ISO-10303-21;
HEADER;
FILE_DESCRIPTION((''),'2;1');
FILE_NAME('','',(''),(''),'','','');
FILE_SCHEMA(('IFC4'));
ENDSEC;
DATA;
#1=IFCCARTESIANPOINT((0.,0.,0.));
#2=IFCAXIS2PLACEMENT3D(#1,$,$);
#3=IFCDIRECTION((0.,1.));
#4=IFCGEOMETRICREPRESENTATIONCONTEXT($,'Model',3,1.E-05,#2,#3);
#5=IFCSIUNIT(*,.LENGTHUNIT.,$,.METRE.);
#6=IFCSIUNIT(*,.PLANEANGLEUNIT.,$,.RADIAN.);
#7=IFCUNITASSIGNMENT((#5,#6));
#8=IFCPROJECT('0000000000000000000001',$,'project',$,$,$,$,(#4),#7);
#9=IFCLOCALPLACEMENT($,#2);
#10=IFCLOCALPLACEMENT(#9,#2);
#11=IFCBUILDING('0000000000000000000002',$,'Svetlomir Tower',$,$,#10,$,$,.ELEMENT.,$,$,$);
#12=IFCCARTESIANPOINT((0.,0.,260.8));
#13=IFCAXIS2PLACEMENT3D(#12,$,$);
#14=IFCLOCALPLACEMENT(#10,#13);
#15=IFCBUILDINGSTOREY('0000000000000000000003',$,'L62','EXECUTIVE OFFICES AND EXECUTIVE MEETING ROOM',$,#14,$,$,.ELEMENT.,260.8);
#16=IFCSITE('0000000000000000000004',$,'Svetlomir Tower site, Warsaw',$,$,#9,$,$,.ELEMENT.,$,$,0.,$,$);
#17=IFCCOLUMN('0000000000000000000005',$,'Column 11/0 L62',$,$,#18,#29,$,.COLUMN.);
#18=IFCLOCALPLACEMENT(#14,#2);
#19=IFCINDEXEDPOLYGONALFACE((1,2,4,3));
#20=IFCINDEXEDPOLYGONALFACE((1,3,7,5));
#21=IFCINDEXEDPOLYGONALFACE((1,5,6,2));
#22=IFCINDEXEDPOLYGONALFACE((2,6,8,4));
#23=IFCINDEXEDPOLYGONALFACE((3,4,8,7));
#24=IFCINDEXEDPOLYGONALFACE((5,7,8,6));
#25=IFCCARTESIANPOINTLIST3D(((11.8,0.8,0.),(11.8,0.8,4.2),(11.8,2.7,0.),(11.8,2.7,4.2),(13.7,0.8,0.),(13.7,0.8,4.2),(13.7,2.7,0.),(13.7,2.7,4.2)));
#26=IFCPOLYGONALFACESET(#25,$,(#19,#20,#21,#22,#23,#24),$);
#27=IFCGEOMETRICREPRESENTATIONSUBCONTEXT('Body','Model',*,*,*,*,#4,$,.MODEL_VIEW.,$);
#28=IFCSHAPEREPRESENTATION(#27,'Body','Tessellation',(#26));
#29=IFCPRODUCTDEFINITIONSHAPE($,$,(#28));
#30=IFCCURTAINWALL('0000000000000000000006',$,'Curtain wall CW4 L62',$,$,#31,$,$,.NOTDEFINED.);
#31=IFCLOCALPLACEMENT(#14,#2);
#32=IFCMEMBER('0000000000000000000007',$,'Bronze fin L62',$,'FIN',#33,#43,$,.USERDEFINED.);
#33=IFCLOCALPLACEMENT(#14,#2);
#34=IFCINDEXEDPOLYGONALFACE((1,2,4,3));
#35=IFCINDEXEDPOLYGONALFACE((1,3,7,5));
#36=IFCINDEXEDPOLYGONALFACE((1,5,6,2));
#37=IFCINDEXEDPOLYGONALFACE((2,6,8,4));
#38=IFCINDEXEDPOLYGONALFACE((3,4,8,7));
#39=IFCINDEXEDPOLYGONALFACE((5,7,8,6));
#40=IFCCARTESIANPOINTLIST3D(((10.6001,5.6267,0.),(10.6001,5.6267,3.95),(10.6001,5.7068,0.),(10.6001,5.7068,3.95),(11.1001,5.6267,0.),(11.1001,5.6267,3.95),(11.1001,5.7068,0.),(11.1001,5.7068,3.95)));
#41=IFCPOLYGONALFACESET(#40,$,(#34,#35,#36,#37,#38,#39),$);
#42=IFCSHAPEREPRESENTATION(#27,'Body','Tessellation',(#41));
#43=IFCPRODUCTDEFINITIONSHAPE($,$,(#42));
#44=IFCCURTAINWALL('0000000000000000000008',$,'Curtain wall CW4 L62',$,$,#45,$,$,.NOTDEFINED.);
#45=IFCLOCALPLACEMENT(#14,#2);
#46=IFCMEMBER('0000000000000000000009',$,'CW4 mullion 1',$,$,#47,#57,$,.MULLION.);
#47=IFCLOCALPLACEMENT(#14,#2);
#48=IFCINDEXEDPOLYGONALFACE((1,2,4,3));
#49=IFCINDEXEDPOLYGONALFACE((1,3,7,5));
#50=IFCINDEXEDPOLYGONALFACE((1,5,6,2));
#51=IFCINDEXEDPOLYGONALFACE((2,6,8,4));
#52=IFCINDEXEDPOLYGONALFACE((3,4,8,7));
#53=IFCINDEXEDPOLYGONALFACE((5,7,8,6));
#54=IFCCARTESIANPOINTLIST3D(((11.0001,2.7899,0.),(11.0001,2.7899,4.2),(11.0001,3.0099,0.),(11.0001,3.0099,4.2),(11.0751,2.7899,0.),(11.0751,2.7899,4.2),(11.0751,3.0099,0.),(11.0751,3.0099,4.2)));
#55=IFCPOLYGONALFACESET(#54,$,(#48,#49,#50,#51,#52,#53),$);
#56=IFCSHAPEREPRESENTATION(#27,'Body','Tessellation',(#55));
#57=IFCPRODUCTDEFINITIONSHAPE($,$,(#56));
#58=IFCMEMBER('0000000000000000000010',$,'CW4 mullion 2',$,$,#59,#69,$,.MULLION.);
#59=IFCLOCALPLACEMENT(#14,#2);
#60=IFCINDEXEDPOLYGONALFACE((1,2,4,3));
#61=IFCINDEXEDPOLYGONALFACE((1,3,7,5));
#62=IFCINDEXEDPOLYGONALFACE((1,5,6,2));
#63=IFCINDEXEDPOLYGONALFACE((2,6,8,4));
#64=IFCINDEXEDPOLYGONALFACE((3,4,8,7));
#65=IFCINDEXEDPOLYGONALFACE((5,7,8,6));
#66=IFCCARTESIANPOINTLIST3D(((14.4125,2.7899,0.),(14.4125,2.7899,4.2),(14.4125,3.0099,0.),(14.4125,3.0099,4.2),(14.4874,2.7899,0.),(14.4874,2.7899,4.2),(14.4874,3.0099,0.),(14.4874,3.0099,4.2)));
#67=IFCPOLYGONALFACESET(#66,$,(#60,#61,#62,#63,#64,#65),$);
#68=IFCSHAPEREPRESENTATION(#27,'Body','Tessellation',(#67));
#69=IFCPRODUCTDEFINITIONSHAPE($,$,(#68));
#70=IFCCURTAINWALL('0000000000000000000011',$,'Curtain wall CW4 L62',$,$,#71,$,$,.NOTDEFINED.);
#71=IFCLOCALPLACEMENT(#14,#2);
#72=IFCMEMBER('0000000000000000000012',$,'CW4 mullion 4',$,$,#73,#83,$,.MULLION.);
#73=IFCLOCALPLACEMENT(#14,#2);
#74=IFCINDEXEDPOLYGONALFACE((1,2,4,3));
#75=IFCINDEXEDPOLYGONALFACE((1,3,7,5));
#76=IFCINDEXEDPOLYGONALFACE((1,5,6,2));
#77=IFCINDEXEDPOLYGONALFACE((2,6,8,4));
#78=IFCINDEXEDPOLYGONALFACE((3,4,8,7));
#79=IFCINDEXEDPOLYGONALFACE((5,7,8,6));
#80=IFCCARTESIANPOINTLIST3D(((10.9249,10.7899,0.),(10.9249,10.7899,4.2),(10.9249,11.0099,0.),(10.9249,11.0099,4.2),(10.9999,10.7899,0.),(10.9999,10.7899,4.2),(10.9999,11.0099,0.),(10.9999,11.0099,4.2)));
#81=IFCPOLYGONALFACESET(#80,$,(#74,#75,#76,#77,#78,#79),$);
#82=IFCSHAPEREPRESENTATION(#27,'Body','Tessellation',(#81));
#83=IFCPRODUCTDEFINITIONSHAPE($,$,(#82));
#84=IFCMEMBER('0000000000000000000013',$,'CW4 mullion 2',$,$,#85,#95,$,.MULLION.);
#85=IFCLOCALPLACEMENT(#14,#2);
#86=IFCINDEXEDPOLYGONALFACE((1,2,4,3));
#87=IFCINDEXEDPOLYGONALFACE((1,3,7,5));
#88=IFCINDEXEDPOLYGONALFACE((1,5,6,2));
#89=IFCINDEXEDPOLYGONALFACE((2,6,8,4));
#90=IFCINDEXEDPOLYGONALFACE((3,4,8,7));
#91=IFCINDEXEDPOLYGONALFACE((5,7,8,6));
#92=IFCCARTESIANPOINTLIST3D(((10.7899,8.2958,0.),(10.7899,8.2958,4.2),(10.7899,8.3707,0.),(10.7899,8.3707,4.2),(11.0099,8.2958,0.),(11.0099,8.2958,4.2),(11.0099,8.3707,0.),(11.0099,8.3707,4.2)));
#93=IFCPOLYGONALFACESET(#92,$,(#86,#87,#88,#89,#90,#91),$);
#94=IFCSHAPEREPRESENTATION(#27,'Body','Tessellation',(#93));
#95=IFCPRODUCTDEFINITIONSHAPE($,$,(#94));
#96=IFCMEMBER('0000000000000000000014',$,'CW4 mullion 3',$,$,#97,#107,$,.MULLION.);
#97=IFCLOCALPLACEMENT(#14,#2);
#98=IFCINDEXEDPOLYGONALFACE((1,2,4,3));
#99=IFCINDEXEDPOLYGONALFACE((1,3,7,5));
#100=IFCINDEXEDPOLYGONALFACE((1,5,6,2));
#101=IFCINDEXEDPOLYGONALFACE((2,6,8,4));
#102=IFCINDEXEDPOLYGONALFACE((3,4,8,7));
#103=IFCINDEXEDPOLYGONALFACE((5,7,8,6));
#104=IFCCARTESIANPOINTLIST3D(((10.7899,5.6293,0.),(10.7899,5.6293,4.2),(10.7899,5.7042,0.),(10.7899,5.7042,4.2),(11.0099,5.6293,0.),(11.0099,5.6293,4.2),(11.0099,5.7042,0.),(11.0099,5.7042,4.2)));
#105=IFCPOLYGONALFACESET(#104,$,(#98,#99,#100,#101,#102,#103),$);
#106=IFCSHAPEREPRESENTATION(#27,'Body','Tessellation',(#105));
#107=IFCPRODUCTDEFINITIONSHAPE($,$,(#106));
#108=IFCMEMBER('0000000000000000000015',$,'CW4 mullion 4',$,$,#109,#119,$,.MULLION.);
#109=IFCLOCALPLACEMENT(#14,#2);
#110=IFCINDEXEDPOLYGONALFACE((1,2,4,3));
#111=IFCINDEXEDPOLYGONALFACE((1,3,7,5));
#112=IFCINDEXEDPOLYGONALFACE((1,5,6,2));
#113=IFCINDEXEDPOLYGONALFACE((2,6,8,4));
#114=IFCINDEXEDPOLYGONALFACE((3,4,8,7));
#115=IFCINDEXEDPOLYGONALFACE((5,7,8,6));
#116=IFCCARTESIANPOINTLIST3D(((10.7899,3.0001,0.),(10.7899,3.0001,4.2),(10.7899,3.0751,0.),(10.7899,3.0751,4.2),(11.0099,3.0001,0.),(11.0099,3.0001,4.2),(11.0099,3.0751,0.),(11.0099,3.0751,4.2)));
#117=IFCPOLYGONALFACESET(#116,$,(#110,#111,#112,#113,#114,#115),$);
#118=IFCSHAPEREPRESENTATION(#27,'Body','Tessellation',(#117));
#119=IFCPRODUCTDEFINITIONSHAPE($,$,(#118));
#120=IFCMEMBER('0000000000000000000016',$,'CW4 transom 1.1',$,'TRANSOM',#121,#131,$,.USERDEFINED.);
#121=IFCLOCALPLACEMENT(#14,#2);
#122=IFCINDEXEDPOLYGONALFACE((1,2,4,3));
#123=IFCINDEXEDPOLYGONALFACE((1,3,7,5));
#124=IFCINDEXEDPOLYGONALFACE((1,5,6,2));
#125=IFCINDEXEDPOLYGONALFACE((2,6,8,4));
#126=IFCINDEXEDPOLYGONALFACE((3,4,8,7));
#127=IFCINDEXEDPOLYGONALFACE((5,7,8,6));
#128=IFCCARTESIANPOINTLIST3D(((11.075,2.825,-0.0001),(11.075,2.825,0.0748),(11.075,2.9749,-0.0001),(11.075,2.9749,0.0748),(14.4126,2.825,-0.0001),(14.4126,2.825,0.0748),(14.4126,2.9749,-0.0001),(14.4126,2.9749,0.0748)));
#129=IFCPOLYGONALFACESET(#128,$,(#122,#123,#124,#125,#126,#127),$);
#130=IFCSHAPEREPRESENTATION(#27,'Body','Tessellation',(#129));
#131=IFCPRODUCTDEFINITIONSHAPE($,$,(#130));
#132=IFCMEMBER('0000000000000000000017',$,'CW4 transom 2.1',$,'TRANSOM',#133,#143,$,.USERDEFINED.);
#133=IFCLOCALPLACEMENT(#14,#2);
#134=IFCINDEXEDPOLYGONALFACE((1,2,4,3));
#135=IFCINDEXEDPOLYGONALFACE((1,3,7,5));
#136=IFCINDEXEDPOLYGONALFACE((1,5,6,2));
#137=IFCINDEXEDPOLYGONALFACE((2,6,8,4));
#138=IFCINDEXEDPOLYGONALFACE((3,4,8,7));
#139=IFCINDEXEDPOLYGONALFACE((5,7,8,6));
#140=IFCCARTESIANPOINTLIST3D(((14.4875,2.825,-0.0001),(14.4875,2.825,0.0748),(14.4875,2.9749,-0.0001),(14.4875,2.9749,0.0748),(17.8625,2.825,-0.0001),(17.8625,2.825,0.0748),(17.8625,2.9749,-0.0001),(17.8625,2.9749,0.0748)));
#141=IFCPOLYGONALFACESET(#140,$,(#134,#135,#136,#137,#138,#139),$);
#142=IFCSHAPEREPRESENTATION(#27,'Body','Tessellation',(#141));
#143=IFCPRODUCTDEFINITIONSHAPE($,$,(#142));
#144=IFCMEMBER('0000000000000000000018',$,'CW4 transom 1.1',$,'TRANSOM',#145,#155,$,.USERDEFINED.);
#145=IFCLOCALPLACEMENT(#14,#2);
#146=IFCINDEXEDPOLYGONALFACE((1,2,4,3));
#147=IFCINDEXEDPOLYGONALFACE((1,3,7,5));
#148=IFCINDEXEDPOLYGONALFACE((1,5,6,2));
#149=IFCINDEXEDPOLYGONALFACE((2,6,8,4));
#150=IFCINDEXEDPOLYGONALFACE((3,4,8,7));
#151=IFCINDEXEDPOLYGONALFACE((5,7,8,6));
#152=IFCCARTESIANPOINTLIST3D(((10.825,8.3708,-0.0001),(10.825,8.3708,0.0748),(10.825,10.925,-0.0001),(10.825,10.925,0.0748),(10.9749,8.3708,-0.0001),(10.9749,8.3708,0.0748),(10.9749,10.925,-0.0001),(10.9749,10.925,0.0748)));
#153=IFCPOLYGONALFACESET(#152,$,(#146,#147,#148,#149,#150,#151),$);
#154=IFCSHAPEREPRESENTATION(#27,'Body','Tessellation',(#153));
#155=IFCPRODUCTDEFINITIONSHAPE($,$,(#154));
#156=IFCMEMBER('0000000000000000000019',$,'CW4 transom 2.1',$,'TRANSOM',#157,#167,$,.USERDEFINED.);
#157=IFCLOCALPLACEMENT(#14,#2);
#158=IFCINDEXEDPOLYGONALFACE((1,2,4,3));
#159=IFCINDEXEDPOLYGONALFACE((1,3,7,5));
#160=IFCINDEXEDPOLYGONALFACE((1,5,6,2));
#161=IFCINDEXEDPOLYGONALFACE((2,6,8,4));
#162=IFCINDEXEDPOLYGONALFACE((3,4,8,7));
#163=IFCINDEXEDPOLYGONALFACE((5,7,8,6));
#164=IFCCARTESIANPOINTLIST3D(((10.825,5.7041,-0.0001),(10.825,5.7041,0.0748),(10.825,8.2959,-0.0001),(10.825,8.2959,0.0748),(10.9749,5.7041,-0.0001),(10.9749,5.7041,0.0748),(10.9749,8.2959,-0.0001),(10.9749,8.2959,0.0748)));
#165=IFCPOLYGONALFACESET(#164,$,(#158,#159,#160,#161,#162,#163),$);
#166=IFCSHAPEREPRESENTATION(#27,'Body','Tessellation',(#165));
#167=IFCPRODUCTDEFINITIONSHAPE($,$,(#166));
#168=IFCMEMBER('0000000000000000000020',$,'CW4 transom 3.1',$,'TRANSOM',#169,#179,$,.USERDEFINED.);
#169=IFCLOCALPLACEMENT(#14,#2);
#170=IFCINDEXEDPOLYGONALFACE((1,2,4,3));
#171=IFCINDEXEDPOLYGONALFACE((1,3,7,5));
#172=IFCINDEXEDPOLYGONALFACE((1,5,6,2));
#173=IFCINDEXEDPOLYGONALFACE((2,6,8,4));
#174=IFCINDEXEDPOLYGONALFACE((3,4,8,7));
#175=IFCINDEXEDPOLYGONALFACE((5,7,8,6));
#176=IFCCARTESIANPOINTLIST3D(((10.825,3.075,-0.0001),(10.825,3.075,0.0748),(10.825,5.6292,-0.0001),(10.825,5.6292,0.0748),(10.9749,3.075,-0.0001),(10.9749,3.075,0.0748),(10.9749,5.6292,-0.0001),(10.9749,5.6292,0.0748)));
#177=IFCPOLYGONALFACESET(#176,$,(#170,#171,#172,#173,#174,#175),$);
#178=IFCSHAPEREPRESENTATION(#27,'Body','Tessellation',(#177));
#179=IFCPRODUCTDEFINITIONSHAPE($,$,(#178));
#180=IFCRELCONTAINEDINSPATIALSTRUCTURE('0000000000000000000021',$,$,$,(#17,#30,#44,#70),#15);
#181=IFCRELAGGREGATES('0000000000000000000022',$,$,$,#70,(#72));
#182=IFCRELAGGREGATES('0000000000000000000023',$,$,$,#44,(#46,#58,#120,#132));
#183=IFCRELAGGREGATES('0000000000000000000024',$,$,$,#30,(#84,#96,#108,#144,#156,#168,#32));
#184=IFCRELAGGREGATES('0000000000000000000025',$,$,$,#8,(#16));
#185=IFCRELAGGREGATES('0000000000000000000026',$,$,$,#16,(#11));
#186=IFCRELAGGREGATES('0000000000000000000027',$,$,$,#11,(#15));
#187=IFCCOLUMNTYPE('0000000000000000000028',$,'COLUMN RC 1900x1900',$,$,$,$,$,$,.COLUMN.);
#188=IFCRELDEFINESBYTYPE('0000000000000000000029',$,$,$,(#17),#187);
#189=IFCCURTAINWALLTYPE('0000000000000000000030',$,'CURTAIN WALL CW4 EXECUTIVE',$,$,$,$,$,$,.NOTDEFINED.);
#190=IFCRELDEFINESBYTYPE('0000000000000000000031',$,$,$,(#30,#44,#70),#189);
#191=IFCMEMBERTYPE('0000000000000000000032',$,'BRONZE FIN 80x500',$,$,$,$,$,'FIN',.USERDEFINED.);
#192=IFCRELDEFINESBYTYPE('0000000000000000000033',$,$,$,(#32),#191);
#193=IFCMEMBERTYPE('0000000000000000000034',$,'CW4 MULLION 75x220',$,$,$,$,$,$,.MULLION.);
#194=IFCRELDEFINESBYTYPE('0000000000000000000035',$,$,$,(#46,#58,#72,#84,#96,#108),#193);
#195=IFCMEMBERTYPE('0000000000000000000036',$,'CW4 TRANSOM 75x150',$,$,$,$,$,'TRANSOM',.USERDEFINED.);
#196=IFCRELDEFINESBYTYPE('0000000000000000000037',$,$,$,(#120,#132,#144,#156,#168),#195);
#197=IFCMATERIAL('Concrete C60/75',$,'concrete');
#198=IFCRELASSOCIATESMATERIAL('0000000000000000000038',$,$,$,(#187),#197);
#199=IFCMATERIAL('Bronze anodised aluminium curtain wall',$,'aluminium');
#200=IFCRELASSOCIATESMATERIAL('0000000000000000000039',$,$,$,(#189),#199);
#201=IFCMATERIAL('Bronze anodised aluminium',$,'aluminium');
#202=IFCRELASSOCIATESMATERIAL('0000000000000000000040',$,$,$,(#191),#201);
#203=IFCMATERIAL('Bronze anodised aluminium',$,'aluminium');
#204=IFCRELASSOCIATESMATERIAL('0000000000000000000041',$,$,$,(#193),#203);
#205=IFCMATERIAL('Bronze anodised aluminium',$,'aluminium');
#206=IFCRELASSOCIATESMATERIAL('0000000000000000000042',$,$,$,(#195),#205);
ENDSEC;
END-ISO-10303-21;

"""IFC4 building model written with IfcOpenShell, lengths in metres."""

from ifc_helpers import new_model, si_unit, direction, frame, origin, origin_2d, place, context, subcontext, project, spatial, rectangle, extrude, material, material_profile, profile_set, type_object, element, aggregate, save


model = new_model("IFC4")

# Units and contexts
model_context = context("Model", 3, precision=1e-05, world=origin(), true_north=direction((0.0, 1.0)))
body_context = subcontext(model_context, "Body", "Model", "MODEL_VIEW")
ifc_project = project(units=[si_unit("LENGTHUNIT", "METRE"), si_unit("PLANEANGLEUNIT", "RADIAN")], contexts=[model_context])

# Site, building, storey
site_placement = place(None, origin())
site = spatial("IfcSite", under=ifc_project, at=site_placement, Name="Svetlomir Tower site, Warsaw", CompositionType="ELEMENT", RefElevation=0.0)
building_placement = place(site_placement, origin())
building = spatial("IfcBuilding", under=site, at=building_placement, Name="Svetlomir Tower", CompositionType="ELEMENT")
storey_placement = place(building_placement, frame((0.0, 0.0, 260.8)))
storey = spatial("IfcBuildingStorey", under=building, at=storey_placement, Name="L62", Description="EXECUTIVE OFFICES AND EXECUTIVE MEETING ROOM", CompositionType="ELEMENT", Elevation=260.8)

# Column
ifc_material_1 = material(Name="Concrete C60/75", Category="concrete")
ifc_material_profile_1 = material_profile(ifc_material_1, rectangle(XDim=1.8999, YDim=1.8999, at=origin_2d()), Name="RC 1900x1900")
ifc_profile_set_1 = profile_set([ifc_material_profile_1], Name="Concrete C60/75")
column_type = type_object("IfcColumnType", Name="COLUMN RC 1900x1900", PredefinedType="COLUMN", material=ifc_profile_set_1)
column_placement = place(storey_placement, frame((12.75, 1.75, 0.0), z_axis=(0.0, 0.0, 1.0), x_axis=(1.0, 0.0, 0.0)))
element("IfcColumn", 1, at=column_placement, inside=storey, type_object=column_type, Name="Column 11/0 L62", PredefinedType="COLUMN", context=body_context, shape_type="SweptSolid", body=[
    extrude(rectangle(XDim=1.8999, YDim=1.8999, at=origin_2d()), origin(), (0.0, 0.0, 1.0), 4.2),
])

# Curtain wall, member
ifc_material_2 = material(Name="Bronze anodised aluminium curtain wall", Category="aluminium")
curtain_wall_type = type_object("IfcCurtainWallType", Name="CURTAIN WALL CW4 EXECUTIVE", PredefinedType="NOTDEFINED", material=ifc_material_2)
curtain_wall_1_placement = place(storey_placement, origin())
curtain_wall_1 = element("IfcCurtainWall", 2, at=curtain_wall_1_placement, inside=storey, type_object=curtain_wall_type, Name="Curtain wall CW4 L62", PredefinedType="NOTDEFINED")
ifc_material_3 = material(Name="Bronze anodised aluminium", Category="aluminium")
ifc_material_profile_2 = material_profile(ifc_material_3, rectangle(XDim=0.0801, YDim=0.5, at=origin_2d()), Name="FIN 80x500")
ifc_profile_set_2 = profile_set([ifc_material_profile_2], Name="Bronze anodised aluminium 6063-T6")
member_type_1 = type_object("IfcMemberType", Name="BRONZE FIN 80x500", ElementType="FIN", PredefinedType="USERDEFINED", material=ifc_profile_set_2)
member_1_placement = place(storey_placement, frame((10.8501, 5.6667, 0.0), z_axis=(0.0, 0.0, 1.0), x_axis=(0.0, 1.0, 0.0)))
member_1 = element("IfcMember", 3, at=member_1_placement, type_object=member_type_1, Name="Bronze fin L62", ObjectType="FIN", PredefinedType="USERDEFINED", context=body_context, shape_type="SweptSolid", body=[
    extrude(rectangle(XDim=0.0801, YDim=0.5, at=origin_2d()), origin(), (0.0, 0.0, 1.0), 3.95),
])

# Curtain wall, members
curtain_wall_2_placement = place(storey_placement, origin())
curtain_wall_2 = element("IfcCurtainWall", 4, at=curtain_wall_2_placement, inside=storey, type_object=curtain_wall_type, Name="Curtain wall CW4 L62", PredefinedType="NOTDEFINED")
ifc_material_4 = material(Name="Bronze anodised aluminium", Category="aluminium")
ifc_material_profile_3 = material_profile(ifc_material_4, rectangle(XDim=0.075, YDim=0.22, at=origin_2d()), Name="AL 75x220")
ifc_profile_set_3 = profile_set([ifc_material_profile_3], Name="Bronze anodised aluminium 6063-T6")
member_type_2 = type_object("IfcMemberType", Name="CW4 MULLION 75x220", PredefinedType="MULLION", material=ifc_profile_set_3)
member_2_placement = place(storey_placement, frame((11.0376, 2.8999, 0.0), z_axis=(0.0, 0.0, 1.0), x_axis=(1.0, 0.0, 0.0)))
member_2 = element("IfcMember", 5, at=member_2_placement, type_object=member_type_2, Name="CW4 mullion 1", PredefinedType="MULLION", context=body_context, shape_type="SweptSolid", body=[
    extrude(rectangle(XDim=0.075, YDim=0.22, at=origin_2d()), origin(), (0.0, 0.0, 1.0), 4.2),
])
member_3_placement = place(storey_placement, frame((14.45, 2.8999, 0.0), z_axis=(0.0, 0.0, 1.0), x_axis=(1.0, 0.0, 0.0)))
member_3 = element("IfcMember", 6, at=member_3_placement, type_object=member_type_2, Name="CW4 mullion 2", PredefinedType="MULLION", context=body_context, shape_type="SweptSolid", body=[
    extrude(rectangle(XDim=0.075, YDim=0.22, at=origin_2d()), origin(), (0.0, 0.0, 1.0), 4.2),
])

# Curtain wall, member
curtain_wall_3_placement = place(storey_placement, origin())
curtain_wall_3 = element("IfcCurtainWall", 7, at=curtain_wall_3_placement, inside=storey, type_object=curtain_wall_type, Name="Curtain wall CW4 L62", PredefinedType="NOTDEFINED")
member_4_placement = place(storey_placement, frame((10.9624, 10.8999, 0.0), z_axis=(0.0, 0.0, 1.0), x_axis=(1.0, 0.0, 0.0)))
member_4 = element("IfcMember", 8, at=member_4_placement, type_object=member_type_2, Name="CW4 mullion 4", PredefinedType="MULLION", context=body_context, shape_type="SweptSolid", body=[
    extrude(rectangle(XDim=0.075, YDim=0.22, at=origin_2d()), origin(), (0.0, 0.0, 1.0), 4.2),
])
aggregate(curtain_wall_3, [member_4])

# Members
member_5_placement = place(storey_placement, frame((10.8999, 8.3333, 0.0), z_axis=(0.0, 0.0, 1.0), x_axis=(0.0, -1.0, 0.0)))
member_5 = element("IfcMember", 9, at=member_5_placement, type_object=member_type_2, Name="CW4 mullion 2", PredefinedType="MULLION", context=body_context, shape_type="SweptSolid", body=[
    extrude(rectangle(XDim=0.075, YDim=0.22, at=origin_2d()), origin(), (0.0, 0.0, 1.0), 4.2),
])
member_6_placement = place(storey_placement, frame((10.8999, 5.6667, 0.0), z_axis=(0.0, 0.0, 1.0), x_axis=(0.0, -1.0, 0.0)))
member_6 = element("IfcMember", 10, at=member_6_placement, type_object=member_type_2, Name="CW4 mullion 3", PredefinedType="MULLION", context=body_context, shape_type="SweptSolid", body=[
    extrude(rectangle(XDim=0.075, YDim=0.22, at=origin_2d()), origin(), (0.0, 0.0, 1.0), 4.2),
])
member_7_placement = place(storey_placement, frame((10.8999, 3.0376, 0.0), z_axis=(0.0, 0.0, 1.0), x_axis=(0.0, -1.0, 0.0)))
member_7 = element("IfcMember", 11, at=member_7_placement, type_object=member_type_2, Name="CW4 mullion 4", PredefinedType="MULLION", context=body_context, shape_type="SweptSolid", body=[
    extrude(rectangle(XDim=0.075, YDim=0.22, at=origin_2d()), origin(), (0.0, 0.0, 1.0), 4.2),
])
ifc_material_5 = material(Name="Bronze anodised aluminium", Category="aluminium")
ifc_material_profile_4 = material_profile(ifc_material_5, rectangle(XDim=0.1499, YDim=0.075, at=origin_2d()), Name="AL 150x75")
ifc_profile_set_4 = profile_set([ifc_material_profile_4], Name="Bronze anodised aluminium 6063-T6")
member_type_3 = type_object("IfcMemberType", Name="CW4 TRANSOM 75x150", ElementType="TRANSOM", PredefinedType="USERDEFINED", material=ifc_profile_set_4)
member_8_placement = place(storey_placement, frame((11.075, 2.8999, 0.0374), z_axis=(1.0, 0.0, 0.0), x_axis=(0.0, 1.0, 0.0)))
member_8 = element("IfcMember", 12, at=member_8_placement, type_object=member_type_3, Name="CW4 transom 1.1", ObjectType="TRANSOM", PredefinedType="USERDEFINED", context=body_context, shape_type="SweptSolid", body=[
    extrude(rectangle(XDim=0.1499, YDim=0.075, at=origin_2d()), origin(), (0.0, 0.0, 1.0), 3.3376),
])
member_9_placement = place(storey_placement, frame((14.4875, 2.8999, 0.0374), z_axis=(1.0, 0.0, 0.0), x_axis=(0.0, 1.0, 0.0)))
member_9 = element("IfcMember", 13, at=member_9_placement, type_object=member_type_3, Name="CW4 transom 2.1", ObjectType="TRANSOM", PredefinedType="USERDEFINED", context=body_context, shape_type="SweptSolid", body=[
    extrude(rectangle(XDim=0.1499, YDim=0.075, at=origin_2d()), origin(), (0.0, 0.0, 1.0), 3.375),
])
member_10_placement = place(storey_placement, frame((10.8999, 10.925, 0.0374), z_axis=(0.0, -1.0, 0.0), x_axis=(1.0, 0.0, 0.0)))
member_10 = element("IfcMember", 14, at=member_10_placement, type_object=member_type_3, Name="CW4 transom 1.1", ObjectType="TRANSOM", PredefinedType="USERDEFINED", context=body_context, shape_type="SweptSolid", body=[
    extrude(rectangle(XDim=0.1499, YDim=0.075, at=origin_2d()), origin(), (0.0, 0.0, 1.0), 2.5542),
])
member_11_placement = place(storey_placement, frame((10.8999, 8.2959, 0.0374), z_axis=(0.0, -1.0, 0.0), x_axis=(1.0, 0.0, 0.0)))
member_11 = element("IfcMember", 15, at=member_11_placement, type_object=member_type_3, Name="CW4 transom 2.1", ObjectType="TRANSOM", PredefinedType="USERDEFINED", context=body_context, shape_type="SweptSolid", body=[
    extrude(rectangle(XDim=0.1499, YDim=0.075, at=origin_2d()), origin(), (0.0, 0.0, 1.0), 2.5918),
])
member_12_placement = place(storey_placement, frame((10.8999, 5.6292, 0.0374), z_axis=(0.0, -1.0, 0.0), x_axis=(1.0, 0.0, 0.0)))
member_12 = element("IfcMember", 16, at=member_12_placement, type_object=member_type_3, Name="CW4 transom 3.1", ObjectType="TRANSOM", PredefinedType="USERDEFINED", context=body_context, shape_type="SweptSolid", body=[
    extrude(rectangle(XDim=0.1499, YDim=0.075, at=origin_2d()), origin(), (0.0, 0.0, 1.0), 2.5542),
])

aggregate(curtain_wall_2, [member_2, member_3, member_8, member_9])
aggregate(curtain_wall_1, [member_5, member_6, member_7, member_10, member_11, member_12, member_1])

save(model, "model.ifc")
